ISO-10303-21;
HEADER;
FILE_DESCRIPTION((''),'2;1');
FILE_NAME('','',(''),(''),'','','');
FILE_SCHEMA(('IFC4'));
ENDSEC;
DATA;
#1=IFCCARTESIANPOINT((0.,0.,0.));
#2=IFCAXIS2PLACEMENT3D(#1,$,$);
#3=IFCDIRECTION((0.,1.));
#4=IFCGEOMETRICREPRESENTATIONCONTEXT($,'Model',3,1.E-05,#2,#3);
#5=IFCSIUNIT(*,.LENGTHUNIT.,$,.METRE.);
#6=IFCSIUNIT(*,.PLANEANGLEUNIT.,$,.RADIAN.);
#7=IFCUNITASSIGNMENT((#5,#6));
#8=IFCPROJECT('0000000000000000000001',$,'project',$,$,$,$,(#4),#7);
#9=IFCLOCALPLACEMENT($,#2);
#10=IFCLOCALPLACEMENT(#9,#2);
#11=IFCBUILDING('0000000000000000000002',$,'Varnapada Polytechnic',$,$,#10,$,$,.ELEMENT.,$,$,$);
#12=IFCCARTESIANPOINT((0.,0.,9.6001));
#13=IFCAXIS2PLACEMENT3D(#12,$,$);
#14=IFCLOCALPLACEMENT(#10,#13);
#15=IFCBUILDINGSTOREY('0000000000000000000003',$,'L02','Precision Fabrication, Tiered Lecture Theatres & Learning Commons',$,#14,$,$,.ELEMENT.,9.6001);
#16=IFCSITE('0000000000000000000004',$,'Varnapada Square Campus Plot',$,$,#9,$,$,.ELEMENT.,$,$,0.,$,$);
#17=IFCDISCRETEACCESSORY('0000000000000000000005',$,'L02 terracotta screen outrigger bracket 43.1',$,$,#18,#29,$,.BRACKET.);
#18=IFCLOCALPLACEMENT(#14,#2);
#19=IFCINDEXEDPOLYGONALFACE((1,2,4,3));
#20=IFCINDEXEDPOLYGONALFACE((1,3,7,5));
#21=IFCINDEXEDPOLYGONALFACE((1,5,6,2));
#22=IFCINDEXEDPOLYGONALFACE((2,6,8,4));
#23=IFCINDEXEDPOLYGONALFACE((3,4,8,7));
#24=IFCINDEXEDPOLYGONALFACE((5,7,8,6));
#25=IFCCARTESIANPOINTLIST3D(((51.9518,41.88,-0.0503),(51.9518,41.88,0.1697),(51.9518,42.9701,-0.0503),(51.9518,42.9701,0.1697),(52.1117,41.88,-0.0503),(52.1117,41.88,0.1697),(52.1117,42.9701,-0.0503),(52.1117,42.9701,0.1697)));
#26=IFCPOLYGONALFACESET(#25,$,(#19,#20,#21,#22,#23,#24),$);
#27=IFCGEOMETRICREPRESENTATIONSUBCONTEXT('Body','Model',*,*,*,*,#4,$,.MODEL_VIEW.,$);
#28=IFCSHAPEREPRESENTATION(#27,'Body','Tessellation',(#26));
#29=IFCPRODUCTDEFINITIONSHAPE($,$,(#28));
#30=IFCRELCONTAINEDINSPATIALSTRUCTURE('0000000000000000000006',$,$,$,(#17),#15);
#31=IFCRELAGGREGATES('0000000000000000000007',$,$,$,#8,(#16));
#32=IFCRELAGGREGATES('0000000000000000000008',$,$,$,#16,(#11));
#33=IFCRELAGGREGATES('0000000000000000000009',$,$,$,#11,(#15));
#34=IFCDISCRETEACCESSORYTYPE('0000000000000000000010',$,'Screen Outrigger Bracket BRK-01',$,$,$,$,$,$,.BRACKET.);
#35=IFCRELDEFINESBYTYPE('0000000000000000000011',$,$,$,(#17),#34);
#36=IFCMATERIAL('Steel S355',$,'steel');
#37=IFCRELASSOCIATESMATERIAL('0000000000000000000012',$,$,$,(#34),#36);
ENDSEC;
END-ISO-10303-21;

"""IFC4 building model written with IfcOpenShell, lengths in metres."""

from ifc_helpers import new_model, si_unit, direction, frame, origin, origin_2d, place, context, subcontext, project, spatial, rectangle, extrude, material, type_object, element, save


model = new_model("IFC4")

# Units and contexts
model_context = context("Model", 3, precision=1e-05, world=origin(), true_north=direction((0.0, 1.0)))
body_context = subcontext(model_context, "Body", "Model", "MODEL_VIEW")
ifc_project = project(units=[si_unit("LENGTHUNIT", "METRE"), si_unit("PLANEANGLEUNIT", "RADIAN")], contexts=[model_context])

# Site, building, storey
site_placement = place(None, origin())
site = spatial("IfcSite", under=ifc_project, at=site_placement, Name="Varnapada Square Campus Plot", CompositionType="ELEMENT", RefElevation=0.0)
building_placement = place(site_placement, origin())
building = spatial("IfcBuilding", under=site, at=building_placement, Name="Varnapada Polytechnic", CompositionType="ELEMENT")
storey_placement = place(building_placement, frame((0.0, 0.0, 9.6001)))
storey = spatial("IfcBuildingStorey", under=building, at=storey_placement, Name="L02", Description="Precision Fabrication, Tiered Lecture Theatres & Learning Commons", CompositionType="ELEMENT", Elevation=9.6001)

# Discrete accessory
ifc_material_1 = material(Name="Steel S355", Category="steel")
discrete_accessory_type = type_object("IfcDiscreteAccessoryType", Name="Screen Outrigger Bracket BRK-01", PredefinedType="BRACKET", material=ifc_material_1)
for number, where, z_axis, x_axis, name in (
    (1, (52.0317, 42.425, -0.0503), (0.0, 0.0, 1.0), (1.0, 0.0, 0.0), "L02 terracotta screen outrigger bracket 43.1"),
):
    element("IfcDiscreteAccessory", number, at=place(storey_placement, frame(where, z_axis=z_axis, x_axis=x_axis)), inside=storey, type_object=discrete_accessory_type, Name=name, PredefinedType="BRACKET", context=body_context, shape_type="SweptSolid", body=[
        extrude(rectangle(XDim=0.1599, YDim=1.0901, at=origin_2d()), origin(), (0.0, 0.0, 1.0), 0.22),
    ])

save(model, "model.ifc")
